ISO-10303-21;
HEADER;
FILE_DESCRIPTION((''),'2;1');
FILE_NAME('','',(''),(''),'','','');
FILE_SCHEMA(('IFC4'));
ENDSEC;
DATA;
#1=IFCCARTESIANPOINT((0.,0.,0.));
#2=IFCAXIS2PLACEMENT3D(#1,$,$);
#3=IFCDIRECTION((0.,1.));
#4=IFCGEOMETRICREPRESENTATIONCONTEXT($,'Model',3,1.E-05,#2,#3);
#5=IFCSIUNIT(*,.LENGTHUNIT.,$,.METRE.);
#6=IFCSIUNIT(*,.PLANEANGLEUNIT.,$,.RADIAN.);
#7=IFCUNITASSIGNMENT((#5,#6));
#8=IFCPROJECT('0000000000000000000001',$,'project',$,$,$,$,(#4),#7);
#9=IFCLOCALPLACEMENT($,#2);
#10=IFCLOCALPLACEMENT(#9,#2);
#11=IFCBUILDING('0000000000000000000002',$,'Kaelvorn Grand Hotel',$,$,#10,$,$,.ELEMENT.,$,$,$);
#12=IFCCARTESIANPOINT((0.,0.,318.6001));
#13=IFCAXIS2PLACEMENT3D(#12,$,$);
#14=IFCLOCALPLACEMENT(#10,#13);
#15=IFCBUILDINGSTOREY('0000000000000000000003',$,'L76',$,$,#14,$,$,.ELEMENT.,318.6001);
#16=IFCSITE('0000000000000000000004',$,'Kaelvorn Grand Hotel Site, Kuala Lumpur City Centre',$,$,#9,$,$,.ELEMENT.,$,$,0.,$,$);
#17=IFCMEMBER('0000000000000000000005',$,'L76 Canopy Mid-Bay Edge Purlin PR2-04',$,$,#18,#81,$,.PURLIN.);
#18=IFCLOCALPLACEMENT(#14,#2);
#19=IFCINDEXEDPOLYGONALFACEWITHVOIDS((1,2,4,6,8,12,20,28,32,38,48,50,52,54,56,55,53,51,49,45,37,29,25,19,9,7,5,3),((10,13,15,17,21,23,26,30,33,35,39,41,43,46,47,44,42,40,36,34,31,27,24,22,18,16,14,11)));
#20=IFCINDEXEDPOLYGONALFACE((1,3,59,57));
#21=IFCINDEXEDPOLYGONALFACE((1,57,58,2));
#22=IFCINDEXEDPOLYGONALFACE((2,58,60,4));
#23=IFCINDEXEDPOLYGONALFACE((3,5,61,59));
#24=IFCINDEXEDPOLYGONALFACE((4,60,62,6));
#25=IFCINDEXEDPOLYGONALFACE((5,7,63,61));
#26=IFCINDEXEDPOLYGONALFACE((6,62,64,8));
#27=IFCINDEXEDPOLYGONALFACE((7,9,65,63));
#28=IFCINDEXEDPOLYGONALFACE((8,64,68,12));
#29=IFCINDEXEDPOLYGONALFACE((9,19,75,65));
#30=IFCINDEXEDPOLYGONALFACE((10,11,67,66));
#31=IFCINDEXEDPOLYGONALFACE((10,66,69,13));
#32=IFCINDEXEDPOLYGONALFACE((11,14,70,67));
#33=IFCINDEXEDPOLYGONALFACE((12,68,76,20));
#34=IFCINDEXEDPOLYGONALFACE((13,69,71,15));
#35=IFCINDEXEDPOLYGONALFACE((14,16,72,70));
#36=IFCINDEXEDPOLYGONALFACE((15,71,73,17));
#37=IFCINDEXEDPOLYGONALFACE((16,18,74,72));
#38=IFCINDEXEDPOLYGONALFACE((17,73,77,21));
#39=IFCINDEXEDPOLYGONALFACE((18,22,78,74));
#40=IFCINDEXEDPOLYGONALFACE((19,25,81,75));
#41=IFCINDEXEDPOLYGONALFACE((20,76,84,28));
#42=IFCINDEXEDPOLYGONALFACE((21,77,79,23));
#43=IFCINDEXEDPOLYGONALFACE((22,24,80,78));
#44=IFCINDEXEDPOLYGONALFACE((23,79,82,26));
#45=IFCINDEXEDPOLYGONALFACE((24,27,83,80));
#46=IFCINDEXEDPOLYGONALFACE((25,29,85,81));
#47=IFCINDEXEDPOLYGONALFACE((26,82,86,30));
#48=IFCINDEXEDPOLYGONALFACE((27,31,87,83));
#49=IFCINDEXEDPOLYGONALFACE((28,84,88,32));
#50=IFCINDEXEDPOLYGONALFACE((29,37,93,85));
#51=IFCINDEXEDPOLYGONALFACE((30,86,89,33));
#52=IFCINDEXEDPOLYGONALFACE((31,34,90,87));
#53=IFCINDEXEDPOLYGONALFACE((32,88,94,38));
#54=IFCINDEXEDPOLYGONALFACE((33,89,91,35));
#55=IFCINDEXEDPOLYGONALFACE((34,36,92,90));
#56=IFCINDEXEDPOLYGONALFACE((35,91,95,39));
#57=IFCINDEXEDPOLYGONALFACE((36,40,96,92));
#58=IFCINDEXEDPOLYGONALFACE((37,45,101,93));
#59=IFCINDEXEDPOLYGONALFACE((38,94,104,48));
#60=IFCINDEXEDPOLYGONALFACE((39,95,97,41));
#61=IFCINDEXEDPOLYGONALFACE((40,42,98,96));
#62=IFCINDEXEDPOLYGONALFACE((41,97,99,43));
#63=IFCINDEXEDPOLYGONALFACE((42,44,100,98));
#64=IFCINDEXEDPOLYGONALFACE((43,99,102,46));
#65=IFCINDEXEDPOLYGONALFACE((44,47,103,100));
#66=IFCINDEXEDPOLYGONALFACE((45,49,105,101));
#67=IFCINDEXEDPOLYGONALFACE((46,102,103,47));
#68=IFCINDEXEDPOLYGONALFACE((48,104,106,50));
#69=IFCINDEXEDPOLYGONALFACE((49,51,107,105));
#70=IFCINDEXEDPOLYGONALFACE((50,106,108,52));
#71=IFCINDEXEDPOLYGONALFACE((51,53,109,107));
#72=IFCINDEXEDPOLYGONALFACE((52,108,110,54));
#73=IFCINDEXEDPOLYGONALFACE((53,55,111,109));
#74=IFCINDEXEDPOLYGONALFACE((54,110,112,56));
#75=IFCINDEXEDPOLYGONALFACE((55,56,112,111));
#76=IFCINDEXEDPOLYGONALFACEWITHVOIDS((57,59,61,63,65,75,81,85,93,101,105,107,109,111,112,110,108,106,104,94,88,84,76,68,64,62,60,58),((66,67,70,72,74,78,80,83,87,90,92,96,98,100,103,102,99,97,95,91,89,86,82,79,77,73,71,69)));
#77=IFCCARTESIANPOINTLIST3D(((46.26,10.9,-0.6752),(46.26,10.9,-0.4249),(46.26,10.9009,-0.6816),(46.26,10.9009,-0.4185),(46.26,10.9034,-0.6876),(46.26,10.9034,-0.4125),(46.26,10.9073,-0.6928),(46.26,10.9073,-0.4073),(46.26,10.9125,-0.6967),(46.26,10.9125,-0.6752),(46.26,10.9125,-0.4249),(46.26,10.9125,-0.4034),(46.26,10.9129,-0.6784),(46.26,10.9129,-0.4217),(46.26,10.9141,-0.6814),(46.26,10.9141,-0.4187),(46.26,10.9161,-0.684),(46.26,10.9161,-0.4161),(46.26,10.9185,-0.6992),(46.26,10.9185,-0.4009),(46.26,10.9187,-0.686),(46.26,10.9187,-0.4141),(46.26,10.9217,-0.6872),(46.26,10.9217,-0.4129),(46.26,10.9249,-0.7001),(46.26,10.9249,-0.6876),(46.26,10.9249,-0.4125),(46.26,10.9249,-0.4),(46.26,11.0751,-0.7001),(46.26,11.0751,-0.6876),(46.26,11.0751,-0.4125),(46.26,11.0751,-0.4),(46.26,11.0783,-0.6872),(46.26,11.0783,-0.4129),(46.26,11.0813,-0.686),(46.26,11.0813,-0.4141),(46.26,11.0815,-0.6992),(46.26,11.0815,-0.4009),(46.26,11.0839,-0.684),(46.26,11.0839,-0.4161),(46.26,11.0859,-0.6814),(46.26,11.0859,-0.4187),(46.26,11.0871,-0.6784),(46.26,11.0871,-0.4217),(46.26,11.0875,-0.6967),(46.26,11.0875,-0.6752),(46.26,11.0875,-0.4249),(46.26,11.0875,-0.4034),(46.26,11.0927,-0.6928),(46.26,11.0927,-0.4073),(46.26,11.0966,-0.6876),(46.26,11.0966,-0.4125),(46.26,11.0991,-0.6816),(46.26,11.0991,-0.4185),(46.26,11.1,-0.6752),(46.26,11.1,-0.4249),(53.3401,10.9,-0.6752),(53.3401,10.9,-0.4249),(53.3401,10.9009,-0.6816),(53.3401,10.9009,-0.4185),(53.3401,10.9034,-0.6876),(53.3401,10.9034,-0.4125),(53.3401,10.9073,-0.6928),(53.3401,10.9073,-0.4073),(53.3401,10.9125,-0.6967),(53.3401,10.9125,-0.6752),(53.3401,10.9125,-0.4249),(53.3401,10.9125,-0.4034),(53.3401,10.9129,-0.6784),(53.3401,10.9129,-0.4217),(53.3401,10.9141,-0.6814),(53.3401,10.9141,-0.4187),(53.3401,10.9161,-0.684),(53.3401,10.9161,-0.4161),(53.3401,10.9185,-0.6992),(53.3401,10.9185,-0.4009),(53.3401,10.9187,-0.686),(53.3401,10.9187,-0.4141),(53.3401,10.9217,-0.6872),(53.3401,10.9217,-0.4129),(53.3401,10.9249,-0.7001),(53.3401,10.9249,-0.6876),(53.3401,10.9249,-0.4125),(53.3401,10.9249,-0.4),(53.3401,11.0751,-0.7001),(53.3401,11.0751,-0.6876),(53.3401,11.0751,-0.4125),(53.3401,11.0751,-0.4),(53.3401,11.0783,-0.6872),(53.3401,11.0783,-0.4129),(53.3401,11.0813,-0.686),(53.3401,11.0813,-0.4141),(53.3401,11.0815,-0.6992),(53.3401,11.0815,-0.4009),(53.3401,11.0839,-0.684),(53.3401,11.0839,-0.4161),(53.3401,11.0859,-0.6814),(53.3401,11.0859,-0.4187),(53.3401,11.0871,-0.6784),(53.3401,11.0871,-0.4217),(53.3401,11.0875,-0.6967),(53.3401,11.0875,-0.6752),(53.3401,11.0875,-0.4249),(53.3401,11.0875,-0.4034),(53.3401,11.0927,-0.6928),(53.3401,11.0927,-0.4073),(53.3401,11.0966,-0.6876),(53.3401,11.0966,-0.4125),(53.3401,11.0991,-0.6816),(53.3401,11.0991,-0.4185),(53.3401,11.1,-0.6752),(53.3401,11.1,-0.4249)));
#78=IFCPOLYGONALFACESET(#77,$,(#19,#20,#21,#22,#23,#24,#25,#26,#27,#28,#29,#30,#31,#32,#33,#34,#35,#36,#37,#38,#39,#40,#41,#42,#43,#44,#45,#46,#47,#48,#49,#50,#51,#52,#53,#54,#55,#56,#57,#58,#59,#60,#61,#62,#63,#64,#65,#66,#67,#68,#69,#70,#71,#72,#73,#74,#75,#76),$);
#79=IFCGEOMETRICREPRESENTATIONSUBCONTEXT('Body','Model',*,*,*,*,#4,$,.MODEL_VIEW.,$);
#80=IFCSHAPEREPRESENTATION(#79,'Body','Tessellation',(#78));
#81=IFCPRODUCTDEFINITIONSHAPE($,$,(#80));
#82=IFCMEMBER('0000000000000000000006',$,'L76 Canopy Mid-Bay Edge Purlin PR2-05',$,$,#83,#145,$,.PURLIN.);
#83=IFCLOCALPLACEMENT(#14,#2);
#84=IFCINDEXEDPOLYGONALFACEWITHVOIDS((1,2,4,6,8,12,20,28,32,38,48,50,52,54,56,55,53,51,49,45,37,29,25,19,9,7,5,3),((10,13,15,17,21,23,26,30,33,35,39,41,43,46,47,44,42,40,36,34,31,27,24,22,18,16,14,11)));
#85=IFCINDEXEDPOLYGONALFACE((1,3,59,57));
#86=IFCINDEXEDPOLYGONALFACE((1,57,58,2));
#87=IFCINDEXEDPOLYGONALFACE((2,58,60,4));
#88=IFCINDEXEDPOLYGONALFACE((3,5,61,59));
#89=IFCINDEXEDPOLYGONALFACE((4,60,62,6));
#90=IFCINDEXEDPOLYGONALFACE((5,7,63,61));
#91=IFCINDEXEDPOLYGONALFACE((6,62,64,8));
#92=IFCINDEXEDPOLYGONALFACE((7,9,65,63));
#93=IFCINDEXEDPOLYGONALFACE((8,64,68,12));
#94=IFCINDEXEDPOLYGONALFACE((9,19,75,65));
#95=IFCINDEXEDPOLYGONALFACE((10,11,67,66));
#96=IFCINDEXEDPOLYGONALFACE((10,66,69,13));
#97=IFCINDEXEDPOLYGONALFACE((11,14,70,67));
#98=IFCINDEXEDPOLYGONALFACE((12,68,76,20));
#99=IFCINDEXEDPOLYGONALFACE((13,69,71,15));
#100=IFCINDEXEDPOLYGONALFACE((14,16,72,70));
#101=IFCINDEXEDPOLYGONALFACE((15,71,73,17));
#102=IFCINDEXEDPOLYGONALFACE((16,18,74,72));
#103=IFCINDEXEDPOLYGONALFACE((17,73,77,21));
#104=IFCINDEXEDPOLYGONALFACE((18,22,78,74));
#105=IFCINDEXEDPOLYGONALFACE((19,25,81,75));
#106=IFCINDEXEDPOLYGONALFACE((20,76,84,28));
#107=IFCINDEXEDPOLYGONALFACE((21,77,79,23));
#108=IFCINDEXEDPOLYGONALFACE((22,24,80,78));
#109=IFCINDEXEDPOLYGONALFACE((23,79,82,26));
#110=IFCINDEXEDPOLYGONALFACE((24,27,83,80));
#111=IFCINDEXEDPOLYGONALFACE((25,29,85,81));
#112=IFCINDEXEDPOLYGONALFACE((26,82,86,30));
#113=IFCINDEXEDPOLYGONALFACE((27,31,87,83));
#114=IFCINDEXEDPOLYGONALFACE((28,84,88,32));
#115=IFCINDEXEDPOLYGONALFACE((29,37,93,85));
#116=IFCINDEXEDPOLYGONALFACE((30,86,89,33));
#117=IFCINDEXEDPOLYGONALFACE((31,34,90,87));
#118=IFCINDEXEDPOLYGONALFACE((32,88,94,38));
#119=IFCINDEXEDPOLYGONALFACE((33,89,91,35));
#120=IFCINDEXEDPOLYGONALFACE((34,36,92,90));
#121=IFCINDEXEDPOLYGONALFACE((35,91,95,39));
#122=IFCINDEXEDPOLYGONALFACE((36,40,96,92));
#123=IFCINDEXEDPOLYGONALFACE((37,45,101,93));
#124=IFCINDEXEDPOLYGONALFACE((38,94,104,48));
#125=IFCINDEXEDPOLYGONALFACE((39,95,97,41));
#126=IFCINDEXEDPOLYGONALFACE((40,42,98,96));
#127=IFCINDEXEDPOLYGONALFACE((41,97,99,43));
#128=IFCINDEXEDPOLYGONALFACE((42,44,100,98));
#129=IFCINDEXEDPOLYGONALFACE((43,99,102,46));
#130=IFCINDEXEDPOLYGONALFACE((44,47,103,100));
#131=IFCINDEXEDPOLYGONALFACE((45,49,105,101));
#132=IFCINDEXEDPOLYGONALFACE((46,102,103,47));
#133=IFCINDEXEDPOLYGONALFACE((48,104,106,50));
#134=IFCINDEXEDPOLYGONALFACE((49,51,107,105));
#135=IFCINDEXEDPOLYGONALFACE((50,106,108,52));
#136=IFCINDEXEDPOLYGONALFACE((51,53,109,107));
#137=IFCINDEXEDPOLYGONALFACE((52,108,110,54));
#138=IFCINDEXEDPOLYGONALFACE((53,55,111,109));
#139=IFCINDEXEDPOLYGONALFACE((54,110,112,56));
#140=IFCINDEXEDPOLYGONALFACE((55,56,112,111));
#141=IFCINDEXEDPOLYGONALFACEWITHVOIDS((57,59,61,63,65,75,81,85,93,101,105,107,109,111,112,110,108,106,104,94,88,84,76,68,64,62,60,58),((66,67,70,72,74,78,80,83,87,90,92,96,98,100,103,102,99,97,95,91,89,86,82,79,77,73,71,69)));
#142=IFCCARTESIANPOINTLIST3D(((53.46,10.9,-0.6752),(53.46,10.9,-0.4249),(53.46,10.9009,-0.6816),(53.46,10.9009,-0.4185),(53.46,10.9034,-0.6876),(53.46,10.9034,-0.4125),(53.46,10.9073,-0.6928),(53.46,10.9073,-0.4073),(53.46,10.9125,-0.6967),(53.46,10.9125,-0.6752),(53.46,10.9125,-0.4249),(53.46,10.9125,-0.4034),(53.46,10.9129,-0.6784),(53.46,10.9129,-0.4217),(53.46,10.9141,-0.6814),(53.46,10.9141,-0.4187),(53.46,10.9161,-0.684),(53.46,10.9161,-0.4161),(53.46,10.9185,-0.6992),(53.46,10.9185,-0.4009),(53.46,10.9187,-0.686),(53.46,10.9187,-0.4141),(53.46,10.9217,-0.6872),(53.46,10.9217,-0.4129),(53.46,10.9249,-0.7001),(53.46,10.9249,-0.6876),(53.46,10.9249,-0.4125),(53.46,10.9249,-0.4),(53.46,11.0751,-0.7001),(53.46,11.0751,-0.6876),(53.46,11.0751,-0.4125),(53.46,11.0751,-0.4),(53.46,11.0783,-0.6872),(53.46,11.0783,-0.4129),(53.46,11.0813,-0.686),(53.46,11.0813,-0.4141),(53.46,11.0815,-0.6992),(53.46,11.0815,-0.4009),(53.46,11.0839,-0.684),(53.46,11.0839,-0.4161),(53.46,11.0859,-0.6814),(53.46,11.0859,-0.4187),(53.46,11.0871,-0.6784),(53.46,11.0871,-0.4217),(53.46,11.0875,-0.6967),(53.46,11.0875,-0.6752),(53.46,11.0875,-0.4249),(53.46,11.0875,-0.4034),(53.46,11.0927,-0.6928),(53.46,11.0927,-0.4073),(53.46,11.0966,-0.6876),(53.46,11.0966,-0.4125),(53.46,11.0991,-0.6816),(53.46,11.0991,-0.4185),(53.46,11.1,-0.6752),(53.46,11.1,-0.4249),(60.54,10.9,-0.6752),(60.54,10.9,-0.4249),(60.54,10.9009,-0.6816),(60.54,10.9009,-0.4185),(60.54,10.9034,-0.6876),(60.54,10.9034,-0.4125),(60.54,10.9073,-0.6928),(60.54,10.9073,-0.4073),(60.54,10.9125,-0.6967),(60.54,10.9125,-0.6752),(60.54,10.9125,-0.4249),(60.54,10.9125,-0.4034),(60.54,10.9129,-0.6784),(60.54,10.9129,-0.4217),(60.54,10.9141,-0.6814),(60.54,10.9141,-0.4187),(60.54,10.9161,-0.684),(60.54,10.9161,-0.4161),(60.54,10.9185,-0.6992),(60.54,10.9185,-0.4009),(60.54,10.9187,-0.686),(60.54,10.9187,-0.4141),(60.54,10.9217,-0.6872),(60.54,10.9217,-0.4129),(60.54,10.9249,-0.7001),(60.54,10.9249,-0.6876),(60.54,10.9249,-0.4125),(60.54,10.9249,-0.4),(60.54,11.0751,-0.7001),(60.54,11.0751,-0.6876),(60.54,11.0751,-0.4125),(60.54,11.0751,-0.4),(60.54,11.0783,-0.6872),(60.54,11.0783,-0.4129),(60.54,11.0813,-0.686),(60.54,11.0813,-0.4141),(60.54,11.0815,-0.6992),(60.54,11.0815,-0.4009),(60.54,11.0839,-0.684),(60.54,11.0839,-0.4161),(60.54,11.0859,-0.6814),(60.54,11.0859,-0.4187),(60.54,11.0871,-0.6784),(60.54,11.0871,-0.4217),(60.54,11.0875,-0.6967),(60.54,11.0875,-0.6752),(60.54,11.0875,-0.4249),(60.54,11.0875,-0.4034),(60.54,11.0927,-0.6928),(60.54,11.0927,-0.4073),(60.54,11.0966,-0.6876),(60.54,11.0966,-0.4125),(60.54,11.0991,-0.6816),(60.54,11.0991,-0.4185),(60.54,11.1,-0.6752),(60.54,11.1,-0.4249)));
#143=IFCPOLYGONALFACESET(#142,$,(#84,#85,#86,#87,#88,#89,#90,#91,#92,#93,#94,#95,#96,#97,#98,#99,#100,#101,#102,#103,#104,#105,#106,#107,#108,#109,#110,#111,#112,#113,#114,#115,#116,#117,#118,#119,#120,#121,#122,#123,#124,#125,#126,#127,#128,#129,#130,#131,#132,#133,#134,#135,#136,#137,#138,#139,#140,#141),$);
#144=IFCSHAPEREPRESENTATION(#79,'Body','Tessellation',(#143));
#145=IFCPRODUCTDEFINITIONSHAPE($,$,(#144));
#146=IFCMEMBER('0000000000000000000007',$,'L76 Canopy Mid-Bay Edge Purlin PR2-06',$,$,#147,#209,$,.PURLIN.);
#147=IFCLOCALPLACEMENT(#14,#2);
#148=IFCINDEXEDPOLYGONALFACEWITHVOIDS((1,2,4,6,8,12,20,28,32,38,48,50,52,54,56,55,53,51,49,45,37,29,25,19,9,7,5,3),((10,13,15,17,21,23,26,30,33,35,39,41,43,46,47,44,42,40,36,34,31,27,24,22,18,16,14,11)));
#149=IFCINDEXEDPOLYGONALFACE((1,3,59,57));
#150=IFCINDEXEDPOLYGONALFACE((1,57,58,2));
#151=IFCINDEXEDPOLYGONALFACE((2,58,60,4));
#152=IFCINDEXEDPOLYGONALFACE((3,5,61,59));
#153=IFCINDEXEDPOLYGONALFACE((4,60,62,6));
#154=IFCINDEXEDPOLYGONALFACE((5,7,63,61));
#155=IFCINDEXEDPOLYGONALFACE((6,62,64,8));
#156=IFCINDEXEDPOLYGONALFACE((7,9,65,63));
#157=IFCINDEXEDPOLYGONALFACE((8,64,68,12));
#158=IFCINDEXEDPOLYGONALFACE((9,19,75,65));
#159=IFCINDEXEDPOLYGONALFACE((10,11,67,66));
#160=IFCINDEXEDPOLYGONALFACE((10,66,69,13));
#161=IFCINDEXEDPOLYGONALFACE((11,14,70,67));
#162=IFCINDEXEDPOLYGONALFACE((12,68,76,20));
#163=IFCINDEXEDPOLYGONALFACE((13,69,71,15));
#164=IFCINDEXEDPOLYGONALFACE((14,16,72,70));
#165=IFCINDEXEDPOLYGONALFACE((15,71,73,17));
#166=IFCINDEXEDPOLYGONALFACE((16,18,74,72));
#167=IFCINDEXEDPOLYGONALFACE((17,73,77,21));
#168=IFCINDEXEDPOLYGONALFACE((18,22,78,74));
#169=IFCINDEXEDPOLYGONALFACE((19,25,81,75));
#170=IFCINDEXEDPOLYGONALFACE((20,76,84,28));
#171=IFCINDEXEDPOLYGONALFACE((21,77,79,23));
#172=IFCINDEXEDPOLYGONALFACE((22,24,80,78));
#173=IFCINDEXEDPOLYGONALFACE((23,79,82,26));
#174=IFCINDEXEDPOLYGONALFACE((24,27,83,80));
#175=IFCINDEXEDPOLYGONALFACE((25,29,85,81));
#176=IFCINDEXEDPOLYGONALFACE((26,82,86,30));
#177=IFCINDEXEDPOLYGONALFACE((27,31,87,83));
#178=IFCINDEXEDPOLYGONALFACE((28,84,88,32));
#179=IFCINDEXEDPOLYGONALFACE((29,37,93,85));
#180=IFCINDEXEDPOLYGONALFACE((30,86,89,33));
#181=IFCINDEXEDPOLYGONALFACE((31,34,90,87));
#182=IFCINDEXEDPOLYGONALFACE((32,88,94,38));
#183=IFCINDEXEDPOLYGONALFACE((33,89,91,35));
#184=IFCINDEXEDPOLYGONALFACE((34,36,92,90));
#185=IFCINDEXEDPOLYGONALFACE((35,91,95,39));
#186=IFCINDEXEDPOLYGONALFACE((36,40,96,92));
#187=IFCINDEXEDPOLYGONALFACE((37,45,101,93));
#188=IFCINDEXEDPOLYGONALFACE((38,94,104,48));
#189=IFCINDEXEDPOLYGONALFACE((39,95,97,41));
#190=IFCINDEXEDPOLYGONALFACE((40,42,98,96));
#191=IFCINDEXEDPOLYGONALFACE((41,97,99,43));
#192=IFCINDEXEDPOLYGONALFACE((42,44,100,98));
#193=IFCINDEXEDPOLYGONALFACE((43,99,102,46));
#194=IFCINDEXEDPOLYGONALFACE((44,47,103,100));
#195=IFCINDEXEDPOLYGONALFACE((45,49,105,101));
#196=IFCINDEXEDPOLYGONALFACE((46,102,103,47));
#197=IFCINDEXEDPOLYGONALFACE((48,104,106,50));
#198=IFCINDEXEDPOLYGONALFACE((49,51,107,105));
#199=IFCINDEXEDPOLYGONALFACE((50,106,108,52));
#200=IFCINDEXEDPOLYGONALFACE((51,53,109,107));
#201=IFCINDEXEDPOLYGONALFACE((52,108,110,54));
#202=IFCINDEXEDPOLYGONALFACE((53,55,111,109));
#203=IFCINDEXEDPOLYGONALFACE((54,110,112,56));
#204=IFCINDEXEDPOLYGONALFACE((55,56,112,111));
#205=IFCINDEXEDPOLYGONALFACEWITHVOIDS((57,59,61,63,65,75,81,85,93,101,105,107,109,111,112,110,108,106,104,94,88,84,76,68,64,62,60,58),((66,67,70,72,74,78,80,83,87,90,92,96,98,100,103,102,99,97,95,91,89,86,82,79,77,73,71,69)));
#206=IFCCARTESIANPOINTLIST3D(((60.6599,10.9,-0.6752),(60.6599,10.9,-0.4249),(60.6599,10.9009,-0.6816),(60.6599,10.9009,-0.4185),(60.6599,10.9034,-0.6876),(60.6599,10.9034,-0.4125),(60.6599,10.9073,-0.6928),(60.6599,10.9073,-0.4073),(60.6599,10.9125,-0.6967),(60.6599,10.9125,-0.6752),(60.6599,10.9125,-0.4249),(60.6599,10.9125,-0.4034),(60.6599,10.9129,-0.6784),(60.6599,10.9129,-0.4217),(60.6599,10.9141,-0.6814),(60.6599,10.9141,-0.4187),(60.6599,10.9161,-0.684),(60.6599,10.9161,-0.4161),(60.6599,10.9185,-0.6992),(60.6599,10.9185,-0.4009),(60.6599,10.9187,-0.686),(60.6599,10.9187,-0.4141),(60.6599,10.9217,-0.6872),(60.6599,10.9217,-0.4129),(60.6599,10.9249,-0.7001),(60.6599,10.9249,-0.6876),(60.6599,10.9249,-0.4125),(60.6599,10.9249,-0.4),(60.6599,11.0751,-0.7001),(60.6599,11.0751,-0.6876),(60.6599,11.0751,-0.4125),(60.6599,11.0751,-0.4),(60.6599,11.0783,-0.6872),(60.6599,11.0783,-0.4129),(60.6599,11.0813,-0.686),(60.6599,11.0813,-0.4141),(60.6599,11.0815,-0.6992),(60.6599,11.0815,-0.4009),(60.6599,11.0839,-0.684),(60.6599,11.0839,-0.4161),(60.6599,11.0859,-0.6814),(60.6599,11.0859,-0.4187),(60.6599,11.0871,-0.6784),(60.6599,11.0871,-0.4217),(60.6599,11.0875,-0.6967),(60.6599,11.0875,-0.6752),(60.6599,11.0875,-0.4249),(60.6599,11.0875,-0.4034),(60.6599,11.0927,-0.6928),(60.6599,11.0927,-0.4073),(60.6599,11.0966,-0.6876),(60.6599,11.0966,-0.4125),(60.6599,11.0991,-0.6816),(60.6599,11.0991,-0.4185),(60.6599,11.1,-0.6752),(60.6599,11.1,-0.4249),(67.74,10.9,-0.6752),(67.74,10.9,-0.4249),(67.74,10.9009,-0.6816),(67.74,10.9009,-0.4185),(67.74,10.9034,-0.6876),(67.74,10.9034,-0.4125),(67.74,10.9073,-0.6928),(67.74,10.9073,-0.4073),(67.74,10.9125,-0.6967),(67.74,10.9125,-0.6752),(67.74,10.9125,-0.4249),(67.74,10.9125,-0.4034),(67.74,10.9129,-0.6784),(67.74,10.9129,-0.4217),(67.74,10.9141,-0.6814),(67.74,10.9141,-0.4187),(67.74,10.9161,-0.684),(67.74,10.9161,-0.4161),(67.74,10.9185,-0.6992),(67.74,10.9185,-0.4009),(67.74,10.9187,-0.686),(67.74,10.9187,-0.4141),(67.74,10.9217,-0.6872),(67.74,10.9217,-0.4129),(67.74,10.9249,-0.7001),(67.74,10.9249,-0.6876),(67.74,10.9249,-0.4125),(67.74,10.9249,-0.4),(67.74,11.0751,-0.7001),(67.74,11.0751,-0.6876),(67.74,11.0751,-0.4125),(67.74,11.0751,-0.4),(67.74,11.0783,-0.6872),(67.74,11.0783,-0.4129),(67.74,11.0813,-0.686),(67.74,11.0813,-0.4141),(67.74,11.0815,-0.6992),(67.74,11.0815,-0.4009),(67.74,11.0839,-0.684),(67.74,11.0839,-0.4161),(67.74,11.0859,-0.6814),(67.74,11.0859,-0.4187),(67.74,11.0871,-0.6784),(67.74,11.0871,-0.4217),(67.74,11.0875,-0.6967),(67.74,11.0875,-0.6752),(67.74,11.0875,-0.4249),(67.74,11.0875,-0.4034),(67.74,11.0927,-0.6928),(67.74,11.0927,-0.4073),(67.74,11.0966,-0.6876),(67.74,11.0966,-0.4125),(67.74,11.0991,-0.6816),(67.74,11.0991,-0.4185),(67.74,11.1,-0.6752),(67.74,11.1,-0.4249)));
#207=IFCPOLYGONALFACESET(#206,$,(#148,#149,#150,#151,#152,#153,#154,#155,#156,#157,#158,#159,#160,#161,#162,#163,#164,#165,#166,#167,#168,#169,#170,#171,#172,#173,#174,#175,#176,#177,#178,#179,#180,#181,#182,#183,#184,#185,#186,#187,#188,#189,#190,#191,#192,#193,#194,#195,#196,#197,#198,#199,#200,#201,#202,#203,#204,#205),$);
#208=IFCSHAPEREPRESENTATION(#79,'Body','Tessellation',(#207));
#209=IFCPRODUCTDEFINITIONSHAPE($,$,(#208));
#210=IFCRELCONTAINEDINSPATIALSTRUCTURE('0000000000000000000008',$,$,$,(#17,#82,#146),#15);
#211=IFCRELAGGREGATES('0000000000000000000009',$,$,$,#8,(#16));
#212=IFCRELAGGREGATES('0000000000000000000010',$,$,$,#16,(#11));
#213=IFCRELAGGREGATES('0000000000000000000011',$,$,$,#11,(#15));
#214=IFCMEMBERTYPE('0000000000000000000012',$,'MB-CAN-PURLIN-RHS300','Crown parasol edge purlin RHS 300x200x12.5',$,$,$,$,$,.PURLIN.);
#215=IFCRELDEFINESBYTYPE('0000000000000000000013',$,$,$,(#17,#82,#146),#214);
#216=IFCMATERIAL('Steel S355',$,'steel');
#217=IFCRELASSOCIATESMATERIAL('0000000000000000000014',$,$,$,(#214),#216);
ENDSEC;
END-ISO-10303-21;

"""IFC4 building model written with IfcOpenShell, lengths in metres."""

from ifc_helpers import new_model, si_unit, direction, frame, origin, origin_2d, place, context, subcontext, project, spatial, hollow_rectangle, extrude, material, material_profile, profile_set, type_object, element, save


model = new_model("IFC4")

# Units and contexts
model_context = context("Model", 3, precision=1e-05, world=origin(), true_north=direction((0.0, 1.0)))
body_context = subcontext(model_context, "Body", "Model", "MODEL_VIEW")
ifc_project = project(units=[si_unit("LENGTHUNIT", "METRE"), si_unit("PLANEANGLEUNIT", "RADIAN")], contexts=[model_context])

# Site, building, storey
site_placement = place(None, origin())
site = spatial("IfcSite", under=ifc_project, at=site_placement, Name="Kaelvorn Grand Hotel Site, Kuala Lumpur City Centre", CompositionType="ELEMENT", RefElevation=0.0)
building_placement = place(site_placement, origin())
building = spatial("IfcBuilding", under=site, at=building_placement, Name="Kaelvorn Grand Hotel", CompositionType="ELEMENT")
storey_placement = place(building_placement, frame((0.0, 0.0, 318.6001)))
storey = spatial("IfcBuildingStorey", under=building, at=storey_placement, Name="L76", CompositionType="ELEMENT", Elevation=318.6001)

# Shared definitions
ifc_material_1 = material(Name="Steel S355", Category="steel")

# Members
ifc_material_profile_1 = material_profile(ifc_material_1, hollow_rectangle(XDim=0.2, YDim=0.3, WallThickness=0.0125, InnerFilletRadius=0.0125, OuterFilletRadius=0.0249, at=origin_2d()), Name="RHS 300x200x12.5")
ifc_profile_set_1 = profile_set([ifc_material_profile_1], Name="Steel S355")
member_type_1 = type_object("IfcMemberType", Name="MB-CAN-PURLIN-RHS300", Description="Crown parasol edge purlin RHS 300x200x12.5", PredefinedType="PURLIN", material=ifc_profile_set_1)
for number, where, z_axis, x_axis, name in (
    (1, (46.26, 11.0, -0.55), (1.0, 0.0, 0.0), (0.0, 1.0, 0.0), "L76 Canopy Mid-Bay Edge Purlin PR2-04"),
    (2, (53.46, 11.0, -0.55), (1.0, 0.0, 0.0), (0.0, 1.0, 0.0), "L76 Canopy Mid-Bay Edge Purlin PR2-05"),
    (3, (60.6599, 11.0, -0.55), (1.0, 0.0, 0.0), (0.0, 1.0, 0.0), "L76 Canopy Mid-Bay Edge Purlin PR2-06"),
):
    element("IfcMember", number, at=place(storey_placement, frame(where, z_axis=z_axis, x_axis=x_axis)), inside=storey, type_object=member_type_1, Name=name, PredefinedType="PURLIN", context=body_context, shape_type="SweptSolid", body=[
        extrude(hollow_rectangle(XDim=0.2, YDim=0.3, WallThickness=0.0125, InnerFilletRadius=0.0125, OuterFilletRadius=0.0249, at=origin_2d()), origin(), (0.0, 0.0, 1.0), 7.0801),
    ])

save(model, "model.ifc")
